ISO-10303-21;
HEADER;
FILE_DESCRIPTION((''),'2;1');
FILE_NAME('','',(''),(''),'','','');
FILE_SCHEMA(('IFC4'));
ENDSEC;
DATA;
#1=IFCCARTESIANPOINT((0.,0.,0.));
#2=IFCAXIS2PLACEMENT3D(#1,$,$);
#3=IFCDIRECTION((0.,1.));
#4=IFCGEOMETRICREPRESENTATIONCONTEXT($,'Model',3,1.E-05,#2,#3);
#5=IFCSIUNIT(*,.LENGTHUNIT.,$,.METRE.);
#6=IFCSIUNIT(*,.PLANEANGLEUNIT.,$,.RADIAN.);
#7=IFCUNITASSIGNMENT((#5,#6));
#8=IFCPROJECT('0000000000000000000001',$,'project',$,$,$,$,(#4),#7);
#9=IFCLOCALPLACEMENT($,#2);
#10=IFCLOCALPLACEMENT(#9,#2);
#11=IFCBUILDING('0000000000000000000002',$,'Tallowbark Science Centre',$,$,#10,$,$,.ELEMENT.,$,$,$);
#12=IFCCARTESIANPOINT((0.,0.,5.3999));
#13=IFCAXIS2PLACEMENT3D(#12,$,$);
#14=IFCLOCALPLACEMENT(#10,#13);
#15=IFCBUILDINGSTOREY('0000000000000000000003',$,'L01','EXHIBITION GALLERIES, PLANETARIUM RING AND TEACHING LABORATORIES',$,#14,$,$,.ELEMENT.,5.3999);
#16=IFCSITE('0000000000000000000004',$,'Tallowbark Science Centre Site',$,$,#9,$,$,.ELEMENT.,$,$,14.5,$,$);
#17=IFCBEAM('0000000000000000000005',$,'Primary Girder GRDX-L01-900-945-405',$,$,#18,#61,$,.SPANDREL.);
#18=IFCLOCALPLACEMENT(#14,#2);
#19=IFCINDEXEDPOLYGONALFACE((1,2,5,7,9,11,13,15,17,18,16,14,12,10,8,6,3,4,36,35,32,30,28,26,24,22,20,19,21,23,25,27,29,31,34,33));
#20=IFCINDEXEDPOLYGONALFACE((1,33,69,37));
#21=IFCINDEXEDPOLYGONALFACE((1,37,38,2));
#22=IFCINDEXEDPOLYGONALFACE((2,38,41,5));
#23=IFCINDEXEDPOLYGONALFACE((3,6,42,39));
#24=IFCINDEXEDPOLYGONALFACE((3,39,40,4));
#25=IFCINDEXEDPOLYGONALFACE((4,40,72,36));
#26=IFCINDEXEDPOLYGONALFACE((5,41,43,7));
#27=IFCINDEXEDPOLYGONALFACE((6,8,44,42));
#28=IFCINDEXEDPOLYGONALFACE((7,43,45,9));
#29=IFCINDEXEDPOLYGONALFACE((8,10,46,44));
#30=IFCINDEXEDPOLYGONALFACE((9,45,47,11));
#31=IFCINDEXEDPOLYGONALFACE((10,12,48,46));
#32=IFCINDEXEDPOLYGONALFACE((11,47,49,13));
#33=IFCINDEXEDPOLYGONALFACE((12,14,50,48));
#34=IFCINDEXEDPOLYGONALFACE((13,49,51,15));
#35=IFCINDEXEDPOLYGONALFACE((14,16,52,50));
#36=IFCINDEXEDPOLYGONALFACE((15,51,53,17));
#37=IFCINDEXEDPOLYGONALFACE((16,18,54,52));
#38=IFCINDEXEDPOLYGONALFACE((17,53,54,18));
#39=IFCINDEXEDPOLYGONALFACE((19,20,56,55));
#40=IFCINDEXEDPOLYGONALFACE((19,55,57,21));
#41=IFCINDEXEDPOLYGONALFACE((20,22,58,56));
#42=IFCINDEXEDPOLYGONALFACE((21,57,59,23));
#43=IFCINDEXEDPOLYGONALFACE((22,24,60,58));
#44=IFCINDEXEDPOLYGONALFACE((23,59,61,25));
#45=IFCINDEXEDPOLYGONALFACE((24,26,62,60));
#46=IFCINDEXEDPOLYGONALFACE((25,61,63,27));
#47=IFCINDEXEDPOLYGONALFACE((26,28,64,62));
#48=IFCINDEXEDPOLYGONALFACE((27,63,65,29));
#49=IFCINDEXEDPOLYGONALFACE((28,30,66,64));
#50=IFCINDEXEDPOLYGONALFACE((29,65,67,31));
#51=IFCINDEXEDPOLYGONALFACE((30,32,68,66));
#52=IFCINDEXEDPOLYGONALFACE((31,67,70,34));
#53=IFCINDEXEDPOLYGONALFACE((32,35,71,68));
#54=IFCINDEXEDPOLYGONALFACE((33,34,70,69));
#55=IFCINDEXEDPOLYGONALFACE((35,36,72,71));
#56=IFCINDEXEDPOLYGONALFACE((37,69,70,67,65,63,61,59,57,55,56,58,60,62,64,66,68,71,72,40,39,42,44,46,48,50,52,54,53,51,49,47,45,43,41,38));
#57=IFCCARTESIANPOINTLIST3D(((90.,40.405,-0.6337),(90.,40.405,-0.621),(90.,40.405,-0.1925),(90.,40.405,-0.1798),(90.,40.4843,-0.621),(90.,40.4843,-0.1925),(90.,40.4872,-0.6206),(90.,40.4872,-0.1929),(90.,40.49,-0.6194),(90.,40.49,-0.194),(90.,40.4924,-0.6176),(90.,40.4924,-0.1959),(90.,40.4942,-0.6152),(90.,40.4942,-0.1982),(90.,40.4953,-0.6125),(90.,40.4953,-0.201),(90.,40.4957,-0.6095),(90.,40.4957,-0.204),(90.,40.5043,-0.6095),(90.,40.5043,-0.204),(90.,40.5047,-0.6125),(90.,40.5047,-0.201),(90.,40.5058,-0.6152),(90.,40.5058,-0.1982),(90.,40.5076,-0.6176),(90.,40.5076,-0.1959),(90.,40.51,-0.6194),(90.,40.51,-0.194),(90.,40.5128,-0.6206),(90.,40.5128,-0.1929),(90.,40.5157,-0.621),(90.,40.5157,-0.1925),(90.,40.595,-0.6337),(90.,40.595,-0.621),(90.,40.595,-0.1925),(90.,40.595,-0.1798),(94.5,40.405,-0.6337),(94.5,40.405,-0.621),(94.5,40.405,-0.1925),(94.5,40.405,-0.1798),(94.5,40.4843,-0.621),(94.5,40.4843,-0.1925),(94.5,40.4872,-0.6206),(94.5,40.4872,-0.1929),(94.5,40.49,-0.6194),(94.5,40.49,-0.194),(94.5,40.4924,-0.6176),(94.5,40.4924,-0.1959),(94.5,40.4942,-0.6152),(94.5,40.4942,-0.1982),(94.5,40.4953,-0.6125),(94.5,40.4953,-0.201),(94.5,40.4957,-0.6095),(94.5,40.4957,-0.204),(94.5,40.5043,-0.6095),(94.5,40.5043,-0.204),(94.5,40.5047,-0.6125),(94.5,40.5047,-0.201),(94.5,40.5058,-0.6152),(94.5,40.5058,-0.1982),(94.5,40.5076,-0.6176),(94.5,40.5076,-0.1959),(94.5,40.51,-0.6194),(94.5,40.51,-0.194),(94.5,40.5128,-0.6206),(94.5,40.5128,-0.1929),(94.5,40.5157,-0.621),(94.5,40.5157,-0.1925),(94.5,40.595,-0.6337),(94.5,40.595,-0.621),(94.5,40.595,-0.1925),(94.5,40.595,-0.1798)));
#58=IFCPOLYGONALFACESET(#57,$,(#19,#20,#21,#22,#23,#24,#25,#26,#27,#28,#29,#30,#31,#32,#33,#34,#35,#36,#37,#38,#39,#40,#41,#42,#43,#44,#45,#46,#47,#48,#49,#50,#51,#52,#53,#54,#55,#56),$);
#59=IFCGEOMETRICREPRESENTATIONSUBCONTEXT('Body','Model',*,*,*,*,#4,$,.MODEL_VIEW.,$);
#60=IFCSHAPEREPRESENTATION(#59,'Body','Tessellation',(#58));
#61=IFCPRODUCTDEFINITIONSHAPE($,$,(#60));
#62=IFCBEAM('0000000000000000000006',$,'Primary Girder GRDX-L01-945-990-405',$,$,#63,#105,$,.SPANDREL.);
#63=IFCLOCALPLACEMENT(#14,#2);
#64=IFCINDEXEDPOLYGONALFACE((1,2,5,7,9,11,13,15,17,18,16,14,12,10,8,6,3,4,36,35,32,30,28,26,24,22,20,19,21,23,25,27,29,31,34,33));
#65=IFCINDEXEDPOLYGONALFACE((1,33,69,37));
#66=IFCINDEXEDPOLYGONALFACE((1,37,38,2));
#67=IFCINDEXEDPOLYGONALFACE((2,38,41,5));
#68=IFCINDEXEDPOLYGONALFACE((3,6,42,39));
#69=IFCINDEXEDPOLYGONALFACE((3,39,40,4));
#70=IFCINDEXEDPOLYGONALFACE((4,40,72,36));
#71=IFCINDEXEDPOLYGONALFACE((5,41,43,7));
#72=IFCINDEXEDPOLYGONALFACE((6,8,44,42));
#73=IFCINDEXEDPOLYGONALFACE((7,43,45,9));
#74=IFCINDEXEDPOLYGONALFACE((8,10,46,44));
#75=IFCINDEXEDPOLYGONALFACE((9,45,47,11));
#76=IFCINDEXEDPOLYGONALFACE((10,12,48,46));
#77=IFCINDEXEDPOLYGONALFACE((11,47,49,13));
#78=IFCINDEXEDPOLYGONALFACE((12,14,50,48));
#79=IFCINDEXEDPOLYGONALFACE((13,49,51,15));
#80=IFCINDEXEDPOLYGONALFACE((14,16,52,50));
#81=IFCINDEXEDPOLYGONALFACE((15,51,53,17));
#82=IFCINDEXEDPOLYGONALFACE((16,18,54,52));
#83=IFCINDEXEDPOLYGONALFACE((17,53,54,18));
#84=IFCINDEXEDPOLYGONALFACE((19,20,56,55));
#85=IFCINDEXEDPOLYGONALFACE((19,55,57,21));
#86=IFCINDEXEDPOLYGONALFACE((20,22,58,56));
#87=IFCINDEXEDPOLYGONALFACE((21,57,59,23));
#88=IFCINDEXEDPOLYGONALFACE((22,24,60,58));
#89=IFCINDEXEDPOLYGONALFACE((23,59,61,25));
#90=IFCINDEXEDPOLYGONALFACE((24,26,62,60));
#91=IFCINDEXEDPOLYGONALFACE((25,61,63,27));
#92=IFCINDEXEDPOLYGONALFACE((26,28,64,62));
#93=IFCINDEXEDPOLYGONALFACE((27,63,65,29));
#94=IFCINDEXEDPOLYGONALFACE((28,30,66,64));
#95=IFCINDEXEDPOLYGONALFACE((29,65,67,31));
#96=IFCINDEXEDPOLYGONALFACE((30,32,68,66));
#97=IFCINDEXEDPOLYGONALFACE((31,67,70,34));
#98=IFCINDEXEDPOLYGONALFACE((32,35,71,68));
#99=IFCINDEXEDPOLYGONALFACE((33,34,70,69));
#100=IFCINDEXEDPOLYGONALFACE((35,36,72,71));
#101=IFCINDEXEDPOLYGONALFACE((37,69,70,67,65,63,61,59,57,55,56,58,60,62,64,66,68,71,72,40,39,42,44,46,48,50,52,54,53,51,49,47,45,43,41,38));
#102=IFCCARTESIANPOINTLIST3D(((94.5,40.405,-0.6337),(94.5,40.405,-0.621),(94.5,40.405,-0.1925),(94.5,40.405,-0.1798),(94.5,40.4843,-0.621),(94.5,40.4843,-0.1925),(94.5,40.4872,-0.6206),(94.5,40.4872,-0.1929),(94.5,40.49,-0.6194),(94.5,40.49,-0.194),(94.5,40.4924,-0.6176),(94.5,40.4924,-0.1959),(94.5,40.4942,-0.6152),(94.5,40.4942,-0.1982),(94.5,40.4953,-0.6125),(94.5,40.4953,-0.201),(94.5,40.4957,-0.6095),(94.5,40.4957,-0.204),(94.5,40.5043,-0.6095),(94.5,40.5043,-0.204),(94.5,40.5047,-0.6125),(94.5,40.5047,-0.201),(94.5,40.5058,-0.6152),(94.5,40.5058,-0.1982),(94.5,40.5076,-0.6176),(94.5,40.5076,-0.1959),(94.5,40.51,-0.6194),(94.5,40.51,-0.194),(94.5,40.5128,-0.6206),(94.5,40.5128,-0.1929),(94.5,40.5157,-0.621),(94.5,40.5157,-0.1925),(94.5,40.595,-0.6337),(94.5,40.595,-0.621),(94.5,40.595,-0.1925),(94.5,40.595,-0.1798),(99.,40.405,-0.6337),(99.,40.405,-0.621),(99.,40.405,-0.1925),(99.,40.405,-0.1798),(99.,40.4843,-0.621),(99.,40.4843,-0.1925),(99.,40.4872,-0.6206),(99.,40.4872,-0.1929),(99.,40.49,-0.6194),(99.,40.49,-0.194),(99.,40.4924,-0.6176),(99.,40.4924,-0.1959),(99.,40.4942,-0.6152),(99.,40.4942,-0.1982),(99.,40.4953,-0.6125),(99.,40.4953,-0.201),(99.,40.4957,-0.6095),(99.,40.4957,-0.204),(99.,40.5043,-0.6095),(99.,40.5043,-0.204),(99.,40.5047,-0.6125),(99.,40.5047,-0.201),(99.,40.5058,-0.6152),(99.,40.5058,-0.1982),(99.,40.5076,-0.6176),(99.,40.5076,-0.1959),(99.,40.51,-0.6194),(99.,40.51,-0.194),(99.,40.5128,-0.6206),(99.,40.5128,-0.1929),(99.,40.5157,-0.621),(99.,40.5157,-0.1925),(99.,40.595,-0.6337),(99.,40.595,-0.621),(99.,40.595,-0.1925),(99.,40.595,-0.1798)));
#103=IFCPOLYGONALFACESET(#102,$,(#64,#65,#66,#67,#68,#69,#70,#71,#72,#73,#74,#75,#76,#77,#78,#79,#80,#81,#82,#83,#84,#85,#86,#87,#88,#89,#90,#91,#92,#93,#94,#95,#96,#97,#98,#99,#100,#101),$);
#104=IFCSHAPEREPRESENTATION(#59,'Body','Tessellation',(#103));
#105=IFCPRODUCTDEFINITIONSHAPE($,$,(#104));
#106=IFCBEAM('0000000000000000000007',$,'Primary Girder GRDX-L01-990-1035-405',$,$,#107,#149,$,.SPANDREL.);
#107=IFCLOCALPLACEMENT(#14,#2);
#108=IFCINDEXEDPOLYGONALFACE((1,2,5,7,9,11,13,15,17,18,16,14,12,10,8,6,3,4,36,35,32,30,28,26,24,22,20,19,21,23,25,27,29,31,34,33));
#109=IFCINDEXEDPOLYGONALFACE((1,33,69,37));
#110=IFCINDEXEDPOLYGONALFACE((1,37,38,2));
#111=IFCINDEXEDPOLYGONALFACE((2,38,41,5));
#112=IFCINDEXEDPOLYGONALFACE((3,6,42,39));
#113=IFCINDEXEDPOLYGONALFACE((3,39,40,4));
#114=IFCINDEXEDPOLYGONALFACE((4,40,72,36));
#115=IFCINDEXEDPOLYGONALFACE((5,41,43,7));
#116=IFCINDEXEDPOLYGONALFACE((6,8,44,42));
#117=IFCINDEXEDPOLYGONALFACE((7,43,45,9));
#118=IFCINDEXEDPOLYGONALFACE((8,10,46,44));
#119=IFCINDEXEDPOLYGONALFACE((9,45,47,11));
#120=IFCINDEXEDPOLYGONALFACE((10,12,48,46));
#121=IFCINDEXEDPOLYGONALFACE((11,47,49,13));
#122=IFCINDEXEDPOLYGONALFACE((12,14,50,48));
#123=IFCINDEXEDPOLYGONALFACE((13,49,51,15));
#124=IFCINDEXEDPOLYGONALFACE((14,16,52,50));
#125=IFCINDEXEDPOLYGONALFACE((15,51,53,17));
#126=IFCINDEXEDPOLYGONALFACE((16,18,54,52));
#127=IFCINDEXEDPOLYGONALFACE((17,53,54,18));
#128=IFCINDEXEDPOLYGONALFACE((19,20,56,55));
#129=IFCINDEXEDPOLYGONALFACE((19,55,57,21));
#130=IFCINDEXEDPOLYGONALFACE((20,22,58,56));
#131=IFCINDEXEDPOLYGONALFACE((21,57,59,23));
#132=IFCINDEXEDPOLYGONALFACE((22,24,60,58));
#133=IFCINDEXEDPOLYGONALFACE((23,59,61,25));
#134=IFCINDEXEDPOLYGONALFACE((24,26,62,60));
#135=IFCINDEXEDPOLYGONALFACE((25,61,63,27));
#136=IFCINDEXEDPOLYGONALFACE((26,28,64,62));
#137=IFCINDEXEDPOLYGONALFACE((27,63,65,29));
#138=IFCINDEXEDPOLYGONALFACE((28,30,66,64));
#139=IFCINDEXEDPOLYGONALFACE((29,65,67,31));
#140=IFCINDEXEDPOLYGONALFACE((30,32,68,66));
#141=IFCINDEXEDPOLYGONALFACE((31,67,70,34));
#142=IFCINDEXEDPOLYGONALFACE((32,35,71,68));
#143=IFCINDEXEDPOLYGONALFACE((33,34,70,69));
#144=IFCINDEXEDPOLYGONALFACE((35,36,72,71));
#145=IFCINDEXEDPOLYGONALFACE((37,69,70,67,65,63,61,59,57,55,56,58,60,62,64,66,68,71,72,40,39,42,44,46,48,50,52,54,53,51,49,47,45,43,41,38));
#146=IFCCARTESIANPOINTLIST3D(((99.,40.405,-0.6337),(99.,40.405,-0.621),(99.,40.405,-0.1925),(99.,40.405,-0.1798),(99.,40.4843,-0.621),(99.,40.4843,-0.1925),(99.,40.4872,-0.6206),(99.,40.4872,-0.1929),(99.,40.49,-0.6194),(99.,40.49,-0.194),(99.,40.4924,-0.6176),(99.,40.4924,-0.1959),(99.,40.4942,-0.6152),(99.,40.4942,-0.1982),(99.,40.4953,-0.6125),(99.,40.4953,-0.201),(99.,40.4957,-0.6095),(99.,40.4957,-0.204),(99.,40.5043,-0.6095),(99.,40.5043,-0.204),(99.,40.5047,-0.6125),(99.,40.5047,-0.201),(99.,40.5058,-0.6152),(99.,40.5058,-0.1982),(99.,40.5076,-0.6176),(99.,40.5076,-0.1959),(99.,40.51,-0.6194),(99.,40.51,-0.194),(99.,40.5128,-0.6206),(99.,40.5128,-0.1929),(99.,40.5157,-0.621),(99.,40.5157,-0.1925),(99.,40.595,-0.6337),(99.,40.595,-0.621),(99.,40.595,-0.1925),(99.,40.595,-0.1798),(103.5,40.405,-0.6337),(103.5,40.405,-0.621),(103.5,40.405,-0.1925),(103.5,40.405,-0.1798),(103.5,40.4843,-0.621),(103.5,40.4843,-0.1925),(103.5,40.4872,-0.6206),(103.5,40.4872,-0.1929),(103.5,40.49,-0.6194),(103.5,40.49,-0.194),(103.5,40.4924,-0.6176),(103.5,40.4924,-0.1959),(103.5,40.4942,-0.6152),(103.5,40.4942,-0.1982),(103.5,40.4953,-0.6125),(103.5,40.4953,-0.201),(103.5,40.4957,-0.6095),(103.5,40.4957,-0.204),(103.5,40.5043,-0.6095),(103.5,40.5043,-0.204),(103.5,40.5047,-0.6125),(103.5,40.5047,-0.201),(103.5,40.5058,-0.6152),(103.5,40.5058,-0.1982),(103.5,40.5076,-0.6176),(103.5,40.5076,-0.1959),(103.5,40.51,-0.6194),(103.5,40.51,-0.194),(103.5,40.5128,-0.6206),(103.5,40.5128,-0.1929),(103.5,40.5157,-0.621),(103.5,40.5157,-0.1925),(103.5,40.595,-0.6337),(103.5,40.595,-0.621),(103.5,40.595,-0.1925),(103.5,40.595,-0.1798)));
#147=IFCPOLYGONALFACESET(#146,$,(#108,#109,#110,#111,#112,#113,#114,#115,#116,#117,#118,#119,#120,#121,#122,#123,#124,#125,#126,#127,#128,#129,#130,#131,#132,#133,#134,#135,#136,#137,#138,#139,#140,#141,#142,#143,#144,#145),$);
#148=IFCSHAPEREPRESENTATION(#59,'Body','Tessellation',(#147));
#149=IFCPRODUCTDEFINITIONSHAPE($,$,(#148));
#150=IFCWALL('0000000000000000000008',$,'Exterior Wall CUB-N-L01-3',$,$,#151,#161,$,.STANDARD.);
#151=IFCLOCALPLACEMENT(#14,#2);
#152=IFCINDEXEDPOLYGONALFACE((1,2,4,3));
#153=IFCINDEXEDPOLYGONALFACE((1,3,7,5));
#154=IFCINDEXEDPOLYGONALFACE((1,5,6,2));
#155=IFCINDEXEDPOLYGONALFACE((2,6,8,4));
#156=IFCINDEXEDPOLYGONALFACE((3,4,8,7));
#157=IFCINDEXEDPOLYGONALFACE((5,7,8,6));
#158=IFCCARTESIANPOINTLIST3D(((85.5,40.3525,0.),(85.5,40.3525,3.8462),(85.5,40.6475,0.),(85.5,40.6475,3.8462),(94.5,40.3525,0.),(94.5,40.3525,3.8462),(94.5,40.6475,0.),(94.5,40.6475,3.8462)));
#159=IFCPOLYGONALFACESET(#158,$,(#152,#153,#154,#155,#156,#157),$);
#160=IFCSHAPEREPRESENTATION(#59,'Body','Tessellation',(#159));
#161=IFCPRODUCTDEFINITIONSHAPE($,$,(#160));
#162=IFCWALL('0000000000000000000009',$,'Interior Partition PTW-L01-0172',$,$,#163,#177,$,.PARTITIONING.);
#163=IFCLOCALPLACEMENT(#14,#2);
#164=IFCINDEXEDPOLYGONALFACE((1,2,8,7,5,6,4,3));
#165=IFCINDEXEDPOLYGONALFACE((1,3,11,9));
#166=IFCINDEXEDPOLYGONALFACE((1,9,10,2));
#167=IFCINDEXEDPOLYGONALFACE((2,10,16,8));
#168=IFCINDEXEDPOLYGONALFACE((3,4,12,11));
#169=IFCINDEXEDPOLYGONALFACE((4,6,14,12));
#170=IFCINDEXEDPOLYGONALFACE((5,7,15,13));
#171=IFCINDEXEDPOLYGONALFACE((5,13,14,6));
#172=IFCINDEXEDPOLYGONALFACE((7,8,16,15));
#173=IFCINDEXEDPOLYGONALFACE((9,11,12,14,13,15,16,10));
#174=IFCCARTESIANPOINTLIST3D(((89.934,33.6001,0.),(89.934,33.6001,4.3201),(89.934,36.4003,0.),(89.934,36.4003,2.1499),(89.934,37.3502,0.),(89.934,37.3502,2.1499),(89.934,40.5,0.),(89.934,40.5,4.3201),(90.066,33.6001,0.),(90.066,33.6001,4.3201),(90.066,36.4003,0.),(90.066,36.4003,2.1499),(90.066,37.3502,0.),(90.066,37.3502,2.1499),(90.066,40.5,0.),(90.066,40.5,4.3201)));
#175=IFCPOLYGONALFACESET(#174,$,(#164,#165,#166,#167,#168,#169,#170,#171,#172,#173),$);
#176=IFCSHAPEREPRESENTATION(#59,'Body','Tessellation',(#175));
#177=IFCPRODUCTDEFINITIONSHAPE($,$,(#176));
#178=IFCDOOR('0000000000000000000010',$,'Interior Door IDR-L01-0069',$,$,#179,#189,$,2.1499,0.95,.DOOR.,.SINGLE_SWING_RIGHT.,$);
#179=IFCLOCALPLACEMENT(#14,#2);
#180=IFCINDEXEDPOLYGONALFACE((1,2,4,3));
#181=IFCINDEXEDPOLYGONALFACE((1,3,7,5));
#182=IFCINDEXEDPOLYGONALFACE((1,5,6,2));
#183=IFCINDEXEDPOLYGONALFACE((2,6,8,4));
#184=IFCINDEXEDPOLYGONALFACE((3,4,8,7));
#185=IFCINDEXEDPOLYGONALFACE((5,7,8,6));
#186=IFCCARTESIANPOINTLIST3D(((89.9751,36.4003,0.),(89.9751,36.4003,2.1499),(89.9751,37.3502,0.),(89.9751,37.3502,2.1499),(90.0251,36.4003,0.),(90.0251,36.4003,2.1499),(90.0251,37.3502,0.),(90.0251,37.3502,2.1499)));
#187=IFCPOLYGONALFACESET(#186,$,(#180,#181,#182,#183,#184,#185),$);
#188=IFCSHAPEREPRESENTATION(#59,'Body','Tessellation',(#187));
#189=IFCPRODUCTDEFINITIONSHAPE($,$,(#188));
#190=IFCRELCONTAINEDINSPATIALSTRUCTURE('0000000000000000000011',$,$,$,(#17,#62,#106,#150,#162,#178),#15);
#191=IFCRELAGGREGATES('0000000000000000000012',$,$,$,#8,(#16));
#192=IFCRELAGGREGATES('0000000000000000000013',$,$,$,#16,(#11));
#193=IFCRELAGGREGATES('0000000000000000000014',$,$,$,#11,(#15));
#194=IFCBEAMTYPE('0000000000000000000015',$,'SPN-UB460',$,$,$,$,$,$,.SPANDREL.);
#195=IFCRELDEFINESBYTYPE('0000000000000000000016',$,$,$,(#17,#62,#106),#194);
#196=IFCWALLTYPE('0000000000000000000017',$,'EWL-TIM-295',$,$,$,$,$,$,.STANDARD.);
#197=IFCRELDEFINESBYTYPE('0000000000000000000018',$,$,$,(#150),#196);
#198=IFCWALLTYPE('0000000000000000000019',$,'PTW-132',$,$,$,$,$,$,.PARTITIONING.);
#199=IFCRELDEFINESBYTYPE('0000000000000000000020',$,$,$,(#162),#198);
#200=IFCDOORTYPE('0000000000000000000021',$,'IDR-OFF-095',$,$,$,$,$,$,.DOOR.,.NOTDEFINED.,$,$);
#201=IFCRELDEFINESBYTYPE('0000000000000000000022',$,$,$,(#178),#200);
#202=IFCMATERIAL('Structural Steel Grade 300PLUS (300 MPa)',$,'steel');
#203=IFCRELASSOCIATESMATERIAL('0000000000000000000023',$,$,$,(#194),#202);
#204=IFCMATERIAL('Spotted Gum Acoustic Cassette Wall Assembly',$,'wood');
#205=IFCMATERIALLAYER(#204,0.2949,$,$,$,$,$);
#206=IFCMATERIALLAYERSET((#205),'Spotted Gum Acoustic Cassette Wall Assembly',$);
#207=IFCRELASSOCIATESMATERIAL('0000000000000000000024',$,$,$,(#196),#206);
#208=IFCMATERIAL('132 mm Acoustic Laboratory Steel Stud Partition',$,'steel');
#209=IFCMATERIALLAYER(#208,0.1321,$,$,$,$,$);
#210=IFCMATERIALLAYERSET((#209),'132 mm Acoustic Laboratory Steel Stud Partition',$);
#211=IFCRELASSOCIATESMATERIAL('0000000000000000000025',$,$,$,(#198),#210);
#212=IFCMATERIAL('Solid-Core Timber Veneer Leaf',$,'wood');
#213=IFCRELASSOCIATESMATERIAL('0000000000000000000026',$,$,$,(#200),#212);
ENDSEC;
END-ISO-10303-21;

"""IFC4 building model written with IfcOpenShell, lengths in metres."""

from ifc_helpers import new_model, si_unit, direction, frame, frame_2d, origin, origin_2d, place, context, subcontext, project, spatial, rectangle, i_section, extrude, material, layer, layer_set, material_profile, profile_set, type_object, element, fill, save


model = new_model("IFC4")

# Units and contexts
model_context = context("Model", 3, precision=1e-05, world=origin(), true_north=direction((0.0, 1.0)))
body_context = subcontext(model_context, "Body", "Model", "MODEL_VIEW")
ifc_project = project(units=[si_unit("LENGTHUNIT", "METRE"), si_unit("PLANEANGLEUNIT", "RADIAN")], contexts=[model_context])

# Site, building, storey
site_placement = place(None, origin())
site = spatial("IfcSite", under=ifc_project, at=site_placement, Name="Tallowbark Science Centre Site", CompositionType="ELEMENT", RefElevation=14.5)
building_placement = place(site_placement, origin())
building = spatial("IfcBuilding", under=site, at=building_placement, Name="Tallowbark Science Centre", CompositionType="ELEMENT")
storey_placement = place(building_placement, frame((0.0, 0.0, 5.3999)))
storey = spatial("IfcBuildingStorey", under=building, at=storey_placement, Name="L01", Description="EXHIBITION GALLERIES, PLANETARIUM RING AND TEACHING LABORATORIES", CompositionType="ELEMENT", Elevation=5.3999)

# Shared definitions
ifc_material_1 = material(Name="Structural Steel Grade 300PLUS (300 MPa)", Category="steel")

# Beams
ifc_material_profile_1 = material_profile(ifc_material_1, i_section(OverallWidth=0.1899, OverallDepth=0.4539, WebThickness=0.0085, FlangeThickness=0.0127, FilletRadius=0.0115, at=origin_2d()), Name="460UB67.1")
ifc_profile_set_1 = profile_set([ifc_material_profile_1], Name="Structural Steel Grade 300PLUS (300 MPa)")
beam_type_1 = type_object("IfcBeamType", Name="SPN-UB460", PredefinedType="SPANDREL", material=ifc_profile_set_1)
for number, where, z_axis, x_axis, name in (
    (1, (90.0, 40.5, -0.4067), (1.0, 0.0, 0.0), (0.0, 1.0, 0.0), "Primary Girder GRDX-L01-900-945-405"),
    (2, (94.5, 40.5, -0.4067), (1.0, 0.0, 0.0), (0.0, 1.0, 0.0), "Primary Girder GRDX-L01-945-990-405"),
    (3, (99.0, 40.5, -0.4067), (1.0, 0.0, 0.0), (0.0, 1.0, 0.0), "Primary Girder GRDX-L01-990-1035-405"),
):
    element("IfcBeam", number, at=place(storey_placement, frame(where, z_axis=z_axis, x_axis=x_axis)), inside=storey, type_object=beam_type_1, Name=name, PredefinedType="SPANDREL", context=body_context, shape_type="SweptSolid", body=[
        extrude(i_section(OverallWidth=0.1899, OverallDepth=0.4539, WebThickness=0.0085, FlangeThickness=0.0127, FilletRadius=0.0115, at=origin_2d()), origin(), (0.0, 0.0, 1.0), 4.5),
    ])

# Wall
ifc_material_2 = material(Name="Spotted Gum Acoustic Cassette Wall Assembly", Category="wood")
ifc_layer_1 = layer(ifc_material_2, 0.2949)
ifc_layer_set_1 = layer_set([ifc_layer_1], Name="Spotted Gum Acoustic Cassette Wall Assembly")
wall_type_1 = type_object("IfcWallType", Name="EWL-TIM-295", PredefinedType="STANDARD", material=ifc_layer_set_1)
wall_1_placement = place(storey_placement, frame((94.5, 40.5, 0.0), z_axis=(0.0, 0.0, 1.0), x_axis=(-1.0, 0.0, 0.0)))
element("IfcWall", 4, at=wall_1_placement, inside=storey, type_object=wall_type_1, Name="Exterior Wall CUB-N-L01-3", PredefinedType="STANDARD", context=body_context, shape_type="SweptSolid", body=[
    extrude(rectangle(XDim=9.0, YDim=0.2949, at=frame_2d((4.5, 0.0))), origin(), (0.0, 0.0, 1.0), 3.8462),
])

# Wall, opening, door
ifc_material_3 = material(Name="132 mm Acoustic Laboratory Steel Stud Partition", Category="steel")
ifc_layer_2 = layer(ifc_material_3, 0.1321)
ifc_layer_set_2 = layer_set([ifc_layer_2], Name="132 mm Acoustic Laboratory Steel Stud Partition")
wall_type_2 = type_object("IfcWallType", Name="PTW-132", PredefinedType="PARTITIONING", material=ifc_layer_set_2)
wall_2_placement = place(storey_placement, frame((90.0, 33.6001, 0.0), z_axis=(0.0, 0.0, 1.0), x_axis=(0.0, 1.0, 0.0)))
wall_2 = element("IfcWall", 5, at=wall_2_placement, inside=storey, type_object=wall_type_2, Name="Interior Partition PTW-L01-0172", PredefinedType="PARTITIONING", context=body_context, shape_type="SweptSolid", body=[
    extrude(rectangle(XDim=6.8999, YDim=0.1321, at=frame_2d((3.45, 0.0))), origin(), (0.0, 0.0, 1.0), 4.3201),
])
opening_1_placement = place(wall_2_placement, frame((2.8, 0.0, 0.0)))
opening_1 = element("IfcOpeningElement", 6, at=opening_1_placement, cuts=wall_2, PredefinedType="OPENING", context=body_context, shape_type="SweptSolid", body=[
    extrude(rectangle(XDim=0.95, YDim=2.1499, at=frame_2d((0.4751, 1.075))), frame((0.0, 0.0762, 0.0), z_axis=(0.0, -1.0, 0.0), x_axis=(1.0, 0.0, 0.0)), (0.0, 0.0, 1.0), 0.1521),
])
ifc_material_4 = material(Name="Solid-Core Timber Veneer Leaf", Category="wood")
door_type_1 = type_object("IfcDoorType", Name="IDR-OFF-095", OperationType="NOTDEFINED", PredefinedType="DOOR", material=ifc_material_4)
door_1_placement = place(opening_1_placement, origin())
door_1 = element("IfcDoor", 7, at=door_1_placement, inside=storey, type_object=door_type_1, Name="Interior Door IDR-L01-0069", OperationType="SINGLE_SWING_RIGHT", OverallHeight=2.1499, OverallWidth=0.95, PredefinedType="DOOR", context=body_context, shape_type="SweptSolid", body=[
    extrude(rectangle(XDim=0.95, YDim=2.1499, at=frame_2d((0.4751, 1.075))), frame((0.0, 0.0249, 0.0), z_axis=(0.0, -1.0, 0.0), x_axis=(1.0, 0.0, 0.0)), (0.0, 0.0, 1.0), 0.05),
])
fill(opening_1, door_1)

save(model, "model.ifc")
